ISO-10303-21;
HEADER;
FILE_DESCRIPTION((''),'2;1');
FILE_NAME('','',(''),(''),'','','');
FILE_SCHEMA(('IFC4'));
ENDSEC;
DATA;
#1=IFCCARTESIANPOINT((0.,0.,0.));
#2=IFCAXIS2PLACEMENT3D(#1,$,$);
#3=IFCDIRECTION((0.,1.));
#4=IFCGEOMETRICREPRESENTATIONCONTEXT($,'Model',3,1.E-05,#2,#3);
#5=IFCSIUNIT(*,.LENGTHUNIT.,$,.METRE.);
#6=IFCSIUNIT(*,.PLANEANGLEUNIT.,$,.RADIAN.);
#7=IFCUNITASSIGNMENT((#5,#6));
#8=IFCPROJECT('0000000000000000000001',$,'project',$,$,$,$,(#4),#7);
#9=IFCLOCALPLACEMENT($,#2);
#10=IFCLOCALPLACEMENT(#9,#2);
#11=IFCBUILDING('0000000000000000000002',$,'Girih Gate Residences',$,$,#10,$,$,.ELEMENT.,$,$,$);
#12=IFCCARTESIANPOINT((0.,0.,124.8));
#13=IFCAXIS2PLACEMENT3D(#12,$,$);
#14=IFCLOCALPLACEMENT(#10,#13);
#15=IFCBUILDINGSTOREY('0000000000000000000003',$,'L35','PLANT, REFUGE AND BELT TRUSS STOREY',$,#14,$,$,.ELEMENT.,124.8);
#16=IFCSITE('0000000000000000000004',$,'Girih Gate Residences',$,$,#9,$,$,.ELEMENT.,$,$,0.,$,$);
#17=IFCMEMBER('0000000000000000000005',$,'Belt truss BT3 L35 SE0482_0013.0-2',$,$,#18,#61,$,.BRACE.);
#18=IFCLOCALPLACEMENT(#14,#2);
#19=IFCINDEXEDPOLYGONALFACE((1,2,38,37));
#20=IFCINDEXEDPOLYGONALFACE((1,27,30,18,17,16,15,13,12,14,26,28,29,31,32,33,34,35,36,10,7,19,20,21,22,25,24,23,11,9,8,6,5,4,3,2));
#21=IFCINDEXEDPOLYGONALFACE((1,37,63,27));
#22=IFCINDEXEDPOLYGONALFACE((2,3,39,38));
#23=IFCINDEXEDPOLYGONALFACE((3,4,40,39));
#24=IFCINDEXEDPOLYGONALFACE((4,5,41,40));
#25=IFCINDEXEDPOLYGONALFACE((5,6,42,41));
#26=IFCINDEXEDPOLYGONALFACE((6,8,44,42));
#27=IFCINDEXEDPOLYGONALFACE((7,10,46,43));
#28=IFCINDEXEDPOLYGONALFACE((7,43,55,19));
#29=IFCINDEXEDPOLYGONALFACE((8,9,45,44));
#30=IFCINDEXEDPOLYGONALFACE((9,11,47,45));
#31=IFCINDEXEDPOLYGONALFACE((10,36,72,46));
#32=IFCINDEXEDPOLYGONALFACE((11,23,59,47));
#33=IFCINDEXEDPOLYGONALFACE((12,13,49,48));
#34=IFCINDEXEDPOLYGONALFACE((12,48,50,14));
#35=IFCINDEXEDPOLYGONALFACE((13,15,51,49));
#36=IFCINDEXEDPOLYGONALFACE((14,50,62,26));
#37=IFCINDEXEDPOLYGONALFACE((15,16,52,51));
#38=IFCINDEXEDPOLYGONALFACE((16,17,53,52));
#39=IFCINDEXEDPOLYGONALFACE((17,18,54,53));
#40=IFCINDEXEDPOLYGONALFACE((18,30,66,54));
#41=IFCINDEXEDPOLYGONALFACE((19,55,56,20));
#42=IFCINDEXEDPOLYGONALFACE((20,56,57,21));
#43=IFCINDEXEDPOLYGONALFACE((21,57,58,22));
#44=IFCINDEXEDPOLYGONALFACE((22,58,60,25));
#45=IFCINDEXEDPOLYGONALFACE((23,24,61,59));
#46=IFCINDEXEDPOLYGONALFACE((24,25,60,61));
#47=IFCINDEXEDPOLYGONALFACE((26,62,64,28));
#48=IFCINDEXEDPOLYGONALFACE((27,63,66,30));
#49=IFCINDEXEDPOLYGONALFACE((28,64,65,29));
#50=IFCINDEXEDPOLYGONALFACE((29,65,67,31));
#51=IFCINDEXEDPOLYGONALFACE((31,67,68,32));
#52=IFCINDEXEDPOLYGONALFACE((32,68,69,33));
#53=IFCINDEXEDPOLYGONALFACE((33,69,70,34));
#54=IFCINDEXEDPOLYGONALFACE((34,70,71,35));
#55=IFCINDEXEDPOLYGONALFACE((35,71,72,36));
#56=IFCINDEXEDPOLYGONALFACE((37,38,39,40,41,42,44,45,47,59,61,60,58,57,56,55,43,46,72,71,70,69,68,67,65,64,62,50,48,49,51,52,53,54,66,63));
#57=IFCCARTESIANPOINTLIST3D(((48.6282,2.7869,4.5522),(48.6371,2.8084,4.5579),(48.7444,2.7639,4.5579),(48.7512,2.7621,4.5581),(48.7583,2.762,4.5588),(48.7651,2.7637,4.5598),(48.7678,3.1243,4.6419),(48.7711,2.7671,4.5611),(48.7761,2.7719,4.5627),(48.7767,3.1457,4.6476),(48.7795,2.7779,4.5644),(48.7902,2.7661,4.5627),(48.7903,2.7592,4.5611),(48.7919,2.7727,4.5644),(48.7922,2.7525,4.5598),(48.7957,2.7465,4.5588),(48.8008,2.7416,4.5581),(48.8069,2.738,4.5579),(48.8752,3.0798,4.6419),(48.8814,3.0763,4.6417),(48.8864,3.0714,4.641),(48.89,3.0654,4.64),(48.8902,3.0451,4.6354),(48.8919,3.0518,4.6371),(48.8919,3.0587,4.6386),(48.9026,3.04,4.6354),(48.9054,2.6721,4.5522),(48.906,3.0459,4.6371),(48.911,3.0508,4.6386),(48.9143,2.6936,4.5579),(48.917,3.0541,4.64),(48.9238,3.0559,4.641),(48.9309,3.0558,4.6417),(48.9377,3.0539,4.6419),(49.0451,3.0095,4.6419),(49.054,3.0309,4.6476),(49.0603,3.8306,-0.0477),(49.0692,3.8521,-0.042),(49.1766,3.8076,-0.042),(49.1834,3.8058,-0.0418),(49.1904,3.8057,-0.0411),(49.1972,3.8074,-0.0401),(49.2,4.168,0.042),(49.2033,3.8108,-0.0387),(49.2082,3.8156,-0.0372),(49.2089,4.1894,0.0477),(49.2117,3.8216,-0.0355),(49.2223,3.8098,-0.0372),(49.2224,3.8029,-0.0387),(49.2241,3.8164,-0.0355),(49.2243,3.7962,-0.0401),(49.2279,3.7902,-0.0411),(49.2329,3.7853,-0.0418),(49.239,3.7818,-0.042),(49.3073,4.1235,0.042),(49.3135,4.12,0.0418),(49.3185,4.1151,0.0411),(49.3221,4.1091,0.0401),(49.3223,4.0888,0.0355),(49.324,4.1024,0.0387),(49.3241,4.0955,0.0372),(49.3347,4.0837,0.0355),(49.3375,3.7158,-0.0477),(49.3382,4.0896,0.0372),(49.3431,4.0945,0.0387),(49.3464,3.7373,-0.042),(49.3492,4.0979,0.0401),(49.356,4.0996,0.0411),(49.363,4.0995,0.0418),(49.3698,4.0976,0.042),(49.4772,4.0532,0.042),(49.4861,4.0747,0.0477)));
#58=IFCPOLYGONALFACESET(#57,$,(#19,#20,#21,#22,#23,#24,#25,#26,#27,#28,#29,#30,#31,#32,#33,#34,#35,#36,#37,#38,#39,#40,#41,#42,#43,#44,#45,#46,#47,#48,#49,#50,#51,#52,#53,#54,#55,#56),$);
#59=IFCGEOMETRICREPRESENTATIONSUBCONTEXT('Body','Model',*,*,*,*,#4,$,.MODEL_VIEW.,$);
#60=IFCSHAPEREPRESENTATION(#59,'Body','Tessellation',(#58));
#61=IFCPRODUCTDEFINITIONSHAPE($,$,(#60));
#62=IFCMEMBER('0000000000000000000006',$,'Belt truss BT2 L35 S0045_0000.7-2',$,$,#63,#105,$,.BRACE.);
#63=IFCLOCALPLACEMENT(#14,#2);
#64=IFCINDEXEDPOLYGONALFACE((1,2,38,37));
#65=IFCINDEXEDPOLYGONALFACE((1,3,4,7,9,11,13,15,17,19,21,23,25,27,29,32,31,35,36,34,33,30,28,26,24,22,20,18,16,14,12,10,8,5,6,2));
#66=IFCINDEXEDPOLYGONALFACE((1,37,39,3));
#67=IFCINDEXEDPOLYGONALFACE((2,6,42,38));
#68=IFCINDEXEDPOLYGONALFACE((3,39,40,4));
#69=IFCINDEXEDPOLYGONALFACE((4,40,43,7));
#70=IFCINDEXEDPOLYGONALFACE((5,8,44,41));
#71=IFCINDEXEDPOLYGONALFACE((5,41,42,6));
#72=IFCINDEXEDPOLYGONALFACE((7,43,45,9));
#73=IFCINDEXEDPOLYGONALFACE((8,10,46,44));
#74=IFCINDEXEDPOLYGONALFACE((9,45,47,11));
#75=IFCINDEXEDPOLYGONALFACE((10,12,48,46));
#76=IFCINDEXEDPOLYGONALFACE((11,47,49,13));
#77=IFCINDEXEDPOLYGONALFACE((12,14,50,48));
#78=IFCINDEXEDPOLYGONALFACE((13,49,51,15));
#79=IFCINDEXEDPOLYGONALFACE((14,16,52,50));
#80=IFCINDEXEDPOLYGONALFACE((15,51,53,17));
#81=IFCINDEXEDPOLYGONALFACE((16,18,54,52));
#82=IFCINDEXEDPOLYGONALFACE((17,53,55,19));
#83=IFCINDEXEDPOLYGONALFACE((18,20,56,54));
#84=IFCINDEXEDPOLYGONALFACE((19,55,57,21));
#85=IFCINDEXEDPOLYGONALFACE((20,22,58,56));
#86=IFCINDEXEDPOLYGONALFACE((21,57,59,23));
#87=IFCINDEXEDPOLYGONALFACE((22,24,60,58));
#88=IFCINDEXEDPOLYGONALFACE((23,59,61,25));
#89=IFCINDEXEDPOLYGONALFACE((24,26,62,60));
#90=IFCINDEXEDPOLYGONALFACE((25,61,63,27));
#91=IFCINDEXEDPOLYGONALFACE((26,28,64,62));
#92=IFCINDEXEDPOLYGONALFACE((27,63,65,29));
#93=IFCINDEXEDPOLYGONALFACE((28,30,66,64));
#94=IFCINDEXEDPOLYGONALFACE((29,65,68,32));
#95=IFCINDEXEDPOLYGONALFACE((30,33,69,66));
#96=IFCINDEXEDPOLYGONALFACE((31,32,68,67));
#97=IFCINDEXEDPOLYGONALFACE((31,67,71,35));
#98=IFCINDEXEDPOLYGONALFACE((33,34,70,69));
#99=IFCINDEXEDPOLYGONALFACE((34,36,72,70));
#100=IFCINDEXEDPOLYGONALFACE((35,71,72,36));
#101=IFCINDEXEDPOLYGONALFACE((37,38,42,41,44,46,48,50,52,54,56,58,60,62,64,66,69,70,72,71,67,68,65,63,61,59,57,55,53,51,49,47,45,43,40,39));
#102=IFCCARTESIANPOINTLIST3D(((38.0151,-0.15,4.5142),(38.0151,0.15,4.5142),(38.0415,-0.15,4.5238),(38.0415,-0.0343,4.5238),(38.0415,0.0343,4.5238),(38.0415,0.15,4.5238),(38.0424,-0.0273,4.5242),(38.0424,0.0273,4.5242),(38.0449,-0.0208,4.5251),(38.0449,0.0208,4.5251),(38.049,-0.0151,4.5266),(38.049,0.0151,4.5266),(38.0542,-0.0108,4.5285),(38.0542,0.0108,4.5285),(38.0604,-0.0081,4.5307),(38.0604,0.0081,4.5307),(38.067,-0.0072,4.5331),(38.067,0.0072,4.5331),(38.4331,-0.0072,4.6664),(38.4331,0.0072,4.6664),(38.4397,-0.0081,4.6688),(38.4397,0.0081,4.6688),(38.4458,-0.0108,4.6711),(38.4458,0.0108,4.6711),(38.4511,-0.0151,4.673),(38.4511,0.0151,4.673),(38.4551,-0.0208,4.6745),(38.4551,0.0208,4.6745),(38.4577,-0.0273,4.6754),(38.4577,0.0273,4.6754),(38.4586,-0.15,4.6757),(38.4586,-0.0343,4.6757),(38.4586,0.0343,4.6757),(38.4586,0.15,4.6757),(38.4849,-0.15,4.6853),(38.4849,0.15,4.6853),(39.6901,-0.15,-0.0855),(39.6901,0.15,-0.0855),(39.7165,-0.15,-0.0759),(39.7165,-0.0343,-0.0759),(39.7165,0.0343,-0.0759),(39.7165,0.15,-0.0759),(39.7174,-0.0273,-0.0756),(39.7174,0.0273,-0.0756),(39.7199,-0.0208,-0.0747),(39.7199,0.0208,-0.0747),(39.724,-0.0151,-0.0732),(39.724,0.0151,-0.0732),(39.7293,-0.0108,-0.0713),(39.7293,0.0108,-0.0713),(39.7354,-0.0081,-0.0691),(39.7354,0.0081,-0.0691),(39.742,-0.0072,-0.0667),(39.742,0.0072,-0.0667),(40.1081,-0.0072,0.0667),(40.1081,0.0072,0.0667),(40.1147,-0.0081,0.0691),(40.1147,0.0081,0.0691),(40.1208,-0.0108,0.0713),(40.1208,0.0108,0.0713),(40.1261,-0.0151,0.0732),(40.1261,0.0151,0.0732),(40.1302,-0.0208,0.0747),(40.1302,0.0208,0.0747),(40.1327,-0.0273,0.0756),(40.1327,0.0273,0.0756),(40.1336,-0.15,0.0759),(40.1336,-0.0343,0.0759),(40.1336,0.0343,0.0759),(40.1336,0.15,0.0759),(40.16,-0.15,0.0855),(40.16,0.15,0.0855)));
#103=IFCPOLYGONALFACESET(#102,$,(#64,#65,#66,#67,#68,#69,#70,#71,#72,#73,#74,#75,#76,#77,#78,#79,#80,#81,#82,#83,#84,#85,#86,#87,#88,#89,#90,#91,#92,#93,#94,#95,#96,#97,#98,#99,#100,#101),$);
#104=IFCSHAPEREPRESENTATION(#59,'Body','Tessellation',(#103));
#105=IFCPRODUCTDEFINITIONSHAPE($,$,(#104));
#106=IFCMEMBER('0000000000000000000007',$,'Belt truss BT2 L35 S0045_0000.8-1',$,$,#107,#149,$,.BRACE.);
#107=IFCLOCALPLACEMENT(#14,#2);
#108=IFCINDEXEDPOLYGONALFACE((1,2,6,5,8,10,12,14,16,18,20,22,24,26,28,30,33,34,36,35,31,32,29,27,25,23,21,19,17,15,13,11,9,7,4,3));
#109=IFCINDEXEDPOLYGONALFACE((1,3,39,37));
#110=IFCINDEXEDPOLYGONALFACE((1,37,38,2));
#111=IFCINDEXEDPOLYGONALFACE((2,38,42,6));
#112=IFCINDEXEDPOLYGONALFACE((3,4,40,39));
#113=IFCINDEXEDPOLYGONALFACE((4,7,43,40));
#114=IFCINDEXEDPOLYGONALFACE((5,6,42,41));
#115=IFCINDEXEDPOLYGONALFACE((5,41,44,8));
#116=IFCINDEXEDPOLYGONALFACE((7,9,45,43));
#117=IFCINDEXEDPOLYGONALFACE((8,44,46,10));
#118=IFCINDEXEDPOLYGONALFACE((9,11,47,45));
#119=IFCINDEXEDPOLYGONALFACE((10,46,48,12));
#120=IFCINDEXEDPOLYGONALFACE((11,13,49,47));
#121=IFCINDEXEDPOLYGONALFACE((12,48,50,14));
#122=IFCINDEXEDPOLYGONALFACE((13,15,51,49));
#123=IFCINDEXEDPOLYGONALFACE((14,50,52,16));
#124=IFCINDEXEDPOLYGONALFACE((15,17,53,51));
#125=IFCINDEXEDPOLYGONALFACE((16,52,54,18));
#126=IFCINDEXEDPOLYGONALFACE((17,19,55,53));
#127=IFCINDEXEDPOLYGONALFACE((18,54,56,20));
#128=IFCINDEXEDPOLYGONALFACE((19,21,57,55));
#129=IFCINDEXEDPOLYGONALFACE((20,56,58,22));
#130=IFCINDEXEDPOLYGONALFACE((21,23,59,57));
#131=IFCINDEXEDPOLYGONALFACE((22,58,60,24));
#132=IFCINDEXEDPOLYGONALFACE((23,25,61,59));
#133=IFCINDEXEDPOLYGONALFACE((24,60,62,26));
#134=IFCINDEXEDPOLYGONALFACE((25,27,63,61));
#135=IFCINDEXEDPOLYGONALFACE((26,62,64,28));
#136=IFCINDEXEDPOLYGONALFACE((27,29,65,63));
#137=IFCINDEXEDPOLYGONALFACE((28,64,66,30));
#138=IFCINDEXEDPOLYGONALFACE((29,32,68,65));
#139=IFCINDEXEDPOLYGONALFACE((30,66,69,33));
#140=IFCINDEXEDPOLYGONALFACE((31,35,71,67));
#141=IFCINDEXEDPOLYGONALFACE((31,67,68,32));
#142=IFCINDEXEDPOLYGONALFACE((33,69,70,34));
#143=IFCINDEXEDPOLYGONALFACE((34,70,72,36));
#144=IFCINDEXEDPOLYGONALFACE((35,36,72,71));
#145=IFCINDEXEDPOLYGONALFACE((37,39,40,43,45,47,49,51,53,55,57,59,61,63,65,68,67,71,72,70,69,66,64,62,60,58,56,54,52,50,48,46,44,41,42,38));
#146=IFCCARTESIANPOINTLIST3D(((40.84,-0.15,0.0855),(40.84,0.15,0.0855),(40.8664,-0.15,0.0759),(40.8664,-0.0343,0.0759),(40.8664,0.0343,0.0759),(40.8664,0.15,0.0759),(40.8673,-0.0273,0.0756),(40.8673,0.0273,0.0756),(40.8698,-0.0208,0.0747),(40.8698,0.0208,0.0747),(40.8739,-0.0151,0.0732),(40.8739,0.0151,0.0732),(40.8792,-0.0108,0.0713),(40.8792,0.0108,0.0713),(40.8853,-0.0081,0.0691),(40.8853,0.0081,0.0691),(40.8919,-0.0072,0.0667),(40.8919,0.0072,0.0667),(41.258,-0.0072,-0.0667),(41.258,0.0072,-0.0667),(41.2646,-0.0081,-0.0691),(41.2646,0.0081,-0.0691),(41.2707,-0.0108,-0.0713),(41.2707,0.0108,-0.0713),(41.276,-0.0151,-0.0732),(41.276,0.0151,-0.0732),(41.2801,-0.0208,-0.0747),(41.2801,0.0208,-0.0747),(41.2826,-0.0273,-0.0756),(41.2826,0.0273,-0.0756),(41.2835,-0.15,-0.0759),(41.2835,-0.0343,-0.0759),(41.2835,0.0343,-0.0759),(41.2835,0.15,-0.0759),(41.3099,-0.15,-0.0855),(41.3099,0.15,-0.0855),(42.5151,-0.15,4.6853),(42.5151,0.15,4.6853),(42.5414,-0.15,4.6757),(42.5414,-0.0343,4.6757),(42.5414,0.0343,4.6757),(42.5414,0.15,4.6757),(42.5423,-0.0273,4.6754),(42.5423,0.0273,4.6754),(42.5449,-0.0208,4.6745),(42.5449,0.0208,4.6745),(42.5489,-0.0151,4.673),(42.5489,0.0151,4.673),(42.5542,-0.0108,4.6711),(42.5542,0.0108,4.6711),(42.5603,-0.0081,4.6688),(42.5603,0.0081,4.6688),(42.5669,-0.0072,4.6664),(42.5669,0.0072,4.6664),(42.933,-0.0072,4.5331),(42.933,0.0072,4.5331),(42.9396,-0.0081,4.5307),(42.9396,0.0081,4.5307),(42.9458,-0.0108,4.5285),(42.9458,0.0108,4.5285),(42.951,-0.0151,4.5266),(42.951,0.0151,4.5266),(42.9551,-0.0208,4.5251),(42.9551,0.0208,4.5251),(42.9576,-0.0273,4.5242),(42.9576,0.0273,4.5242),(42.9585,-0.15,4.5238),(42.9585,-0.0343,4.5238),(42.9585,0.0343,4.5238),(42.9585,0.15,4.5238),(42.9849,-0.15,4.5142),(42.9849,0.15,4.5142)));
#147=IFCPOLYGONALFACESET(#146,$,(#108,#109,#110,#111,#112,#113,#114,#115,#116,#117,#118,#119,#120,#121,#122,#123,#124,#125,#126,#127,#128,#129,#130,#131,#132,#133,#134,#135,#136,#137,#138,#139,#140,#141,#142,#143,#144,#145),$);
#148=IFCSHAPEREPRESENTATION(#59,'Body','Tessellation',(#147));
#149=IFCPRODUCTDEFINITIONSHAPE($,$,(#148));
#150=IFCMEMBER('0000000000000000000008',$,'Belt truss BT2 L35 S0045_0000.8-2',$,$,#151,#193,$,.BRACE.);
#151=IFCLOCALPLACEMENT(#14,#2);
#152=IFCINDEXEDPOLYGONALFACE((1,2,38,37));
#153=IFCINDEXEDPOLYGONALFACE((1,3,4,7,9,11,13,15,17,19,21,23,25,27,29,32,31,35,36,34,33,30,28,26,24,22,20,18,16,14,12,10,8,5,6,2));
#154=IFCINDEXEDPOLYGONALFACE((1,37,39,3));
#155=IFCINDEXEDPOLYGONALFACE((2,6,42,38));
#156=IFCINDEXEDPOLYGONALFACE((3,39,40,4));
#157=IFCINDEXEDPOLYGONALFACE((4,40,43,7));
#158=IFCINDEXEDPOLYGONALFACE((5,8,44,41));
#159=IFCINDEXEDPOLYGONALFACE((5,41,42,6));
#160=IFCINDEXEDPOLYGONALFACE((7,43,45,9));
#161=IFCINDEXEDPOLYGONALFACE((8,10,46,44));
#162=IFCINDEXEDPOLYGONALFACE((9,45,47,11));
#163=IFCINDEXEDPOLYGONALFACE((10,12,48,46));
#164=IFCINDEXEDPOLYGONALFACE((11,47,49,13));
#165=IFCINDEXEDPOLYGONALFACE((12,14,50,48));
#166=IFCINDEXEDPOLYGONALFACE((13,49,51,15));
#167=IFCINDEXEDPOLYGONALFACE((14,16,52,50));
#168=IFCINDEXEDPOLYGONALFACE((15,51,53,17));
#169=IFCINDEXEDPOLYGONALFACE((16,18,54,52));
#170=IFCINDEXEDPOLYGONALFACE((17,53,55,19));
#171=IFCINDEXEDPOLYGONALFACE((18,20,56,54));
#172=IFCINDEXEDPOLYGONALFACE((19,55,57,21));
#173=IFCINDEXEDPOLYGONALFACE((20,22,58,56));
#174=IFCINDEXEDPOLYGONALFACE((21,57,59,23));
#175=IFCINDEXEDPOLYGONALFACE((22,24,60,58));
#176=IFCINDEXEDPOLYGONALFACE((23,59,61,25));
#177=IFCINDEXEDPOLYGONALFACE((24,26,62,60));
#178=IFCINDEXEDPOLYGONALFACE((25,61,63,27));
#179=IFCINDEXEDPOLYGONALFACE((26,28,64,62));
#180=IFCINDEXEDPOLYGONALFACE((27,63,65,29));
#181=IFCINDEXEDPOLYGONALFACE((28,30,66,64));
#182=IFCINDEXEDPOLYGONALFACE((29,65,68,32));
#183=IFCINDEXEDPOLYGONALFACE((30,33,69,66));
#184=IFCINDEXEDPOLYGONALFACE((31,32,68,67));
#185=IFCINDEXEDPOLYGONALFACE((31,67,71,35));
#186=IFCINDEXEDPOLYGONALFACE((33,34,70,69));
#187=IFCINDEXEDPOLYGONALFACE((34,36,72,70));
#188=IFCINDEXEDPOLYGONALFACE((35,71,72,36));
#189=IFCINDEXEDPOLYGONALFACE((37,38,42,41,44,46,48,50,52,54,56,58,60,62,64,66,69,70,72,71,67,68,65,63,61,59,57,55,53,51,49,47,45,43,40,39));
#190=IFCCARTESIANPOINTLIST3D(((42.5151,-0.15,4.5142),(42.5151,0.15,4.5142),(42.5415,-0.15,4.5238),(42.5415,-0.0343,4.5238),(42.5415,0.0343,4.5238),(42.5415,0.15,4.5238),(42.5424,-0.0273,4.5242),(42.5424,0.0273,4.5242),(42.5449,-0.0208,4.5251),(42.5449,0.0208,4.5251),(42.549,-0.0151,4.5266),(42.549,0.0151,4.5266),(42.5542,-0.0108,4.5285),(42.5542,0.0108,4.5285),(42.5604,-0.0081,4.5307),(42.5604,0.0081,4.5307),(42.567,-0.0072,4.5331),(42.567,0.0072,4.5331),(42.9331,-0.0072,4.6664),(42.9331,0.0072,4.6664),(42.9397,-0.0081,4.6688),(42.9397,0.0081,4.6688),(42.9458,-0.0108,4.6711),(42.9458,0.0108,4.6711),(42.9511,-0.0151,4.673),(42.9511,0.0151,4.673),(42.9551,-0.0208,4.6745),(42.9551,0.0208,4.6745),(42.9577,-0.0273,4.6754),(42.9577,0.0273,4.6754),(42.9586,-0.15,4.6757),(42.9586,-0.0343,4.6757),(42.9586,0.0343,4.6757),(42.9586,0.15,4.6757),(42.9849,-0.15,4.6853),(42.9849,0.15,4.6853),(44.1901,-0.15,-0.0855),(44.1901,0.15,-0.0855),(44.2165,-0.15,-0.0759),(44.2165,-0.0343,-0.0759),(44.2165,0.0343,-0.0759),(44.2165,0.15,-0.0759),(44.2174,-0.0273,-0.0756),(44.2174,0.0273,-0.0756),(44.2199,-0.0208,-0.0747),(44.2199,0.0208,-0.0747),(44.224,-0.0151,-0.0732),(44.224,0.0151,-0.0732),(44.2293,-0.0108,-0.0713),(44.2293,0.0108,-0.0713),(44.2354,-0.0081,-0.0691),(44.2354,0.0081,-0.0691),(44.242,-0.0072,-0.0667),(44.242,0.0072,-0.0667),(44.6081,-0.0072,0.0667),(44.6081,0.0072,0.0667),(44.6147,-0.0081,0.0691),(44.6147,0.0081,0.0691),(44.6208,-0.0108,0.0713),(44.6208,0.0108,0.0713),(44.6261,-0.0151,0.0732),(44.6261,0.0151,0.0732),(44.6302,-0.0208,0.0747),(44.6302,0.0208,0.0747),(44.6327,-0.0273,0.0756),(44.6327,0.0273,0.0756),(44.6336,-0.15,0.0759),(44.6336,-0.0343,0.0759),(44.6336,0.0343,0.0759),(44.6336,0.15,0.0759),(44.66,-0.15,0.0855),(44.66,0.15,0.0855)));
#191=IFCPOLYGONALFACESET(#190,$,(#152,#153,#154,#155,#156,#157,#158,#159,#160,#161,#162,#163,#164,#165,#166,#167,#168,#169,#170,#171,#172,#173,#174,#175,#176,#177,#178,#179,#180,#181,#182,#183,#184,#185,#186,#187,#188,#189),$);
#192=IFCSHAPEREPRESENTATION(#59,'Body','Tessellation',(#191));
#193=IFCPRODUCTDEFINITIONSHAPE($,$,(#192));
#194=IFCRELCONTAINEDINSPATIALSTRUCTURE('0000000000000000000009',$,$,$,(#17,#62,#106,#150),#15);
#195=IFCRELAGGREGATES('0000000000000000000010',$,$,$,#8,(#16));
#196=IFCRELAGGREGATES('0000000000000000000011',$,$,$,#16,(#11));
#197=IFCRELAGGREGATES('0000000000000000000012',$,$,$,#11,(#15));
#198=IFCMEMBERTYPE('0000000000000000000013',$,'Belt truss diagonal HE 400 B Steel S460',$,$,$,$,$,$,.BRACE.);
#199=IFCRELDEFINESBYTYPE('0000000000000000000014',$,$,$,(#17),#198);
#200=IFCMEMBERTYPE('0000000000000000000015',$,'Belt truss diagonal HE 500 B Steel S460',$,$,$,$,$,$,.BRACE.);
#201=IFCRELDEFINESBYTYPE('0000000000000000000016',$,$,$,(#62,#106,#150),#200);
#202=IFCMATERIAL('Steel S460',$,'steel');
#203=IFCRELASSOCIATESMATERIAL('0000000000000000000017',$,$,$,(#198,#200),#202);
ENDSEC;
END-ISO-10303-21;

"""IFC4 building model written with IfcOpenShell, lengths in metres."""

from ifc_helpers import new_model, si_unit, direction, frame, origin, origin_2d, place, context, subcontext, project, spatial, i_section, extrude, material, material_profile, profile_set, type_object, element, save


model = new_model("IFC4")

# Units and contexts
model_context = context("Model", 3, precision=1e-05, world=origin(), true_north=direction((0.0, 1.0)))
body_context = subcontext(model_context, "Body", "Model", "MODEL_VIEW")
ifc_project = project(units=[si_unit("LENGTHUNIT", "METRE"), si_unit("PLANEANGLEUNIT", "RADIAN")], contexts=[model_context])

# Site, building, storey
site_placement = place(None, origin())
site = spatial("IfcSite", under=ifc_project, at=site_placement, Name="Girih Gate Residences", CompositionType="ELEMENT", RefElevation=0.0)
building_placement = place(site_placement, origin())
building = spatial("IfcBuilding", under=site, at=building_placement, Name="Girih Gate Residences", CompositionType="ELEMENT")
storey_placement = place(building_placement, frame((0.0, 0.0, 124.8)))
storey = spatial("IfcBuildingStorey", under=building, at=storey_placement, Name="L35", Description="PLANT, REFUGE AND BELT TRUSS STOREY", CompositionType="ELEMENT", Elevation=124.8)

# Members
ifc_material_1 = material(Name="Steel S460", Category="steel")
ifc_material_profile_1 = material_profile(ifc_material_1, i_section(OverallWidth=0.3, OverallDepth=0.3999, WebThickness=0.0134, FlangeThickness=0.0239, FilletRadius=0.0271, at=origin_2d()))
ifc_profile_set_1 = profile_set([ifc_material_profile_1], Name="Steel S460")
member_type_1 = type_object("IfcMemberType", Name="Belt truss diagonal HE 400 B Steel S460", PredefinedType="BRACE", material=ifc_profile_set_1)
for number, where, z_axis, x_axis, name in (
    (1, (49.2732, 3.9526, 0.0), (-0.091233, -0.220352, 0.971145), (0.923938, -0.382543, 0.0), "Belt truss BT3 L35 SE0482_0013.0-2"),
):
    element("IfcMember", number, at=place(storey_placement, frame(where, z_axis=z_axis, x_axis=x_axis)), inside=storey, type_object=member_type_1, Name=name, PredefinedType="BRACE", context=body_context, shape_type="SweptSolid", body=[
        extrude(i_section(OverallWidth=0.3, OverallDepth=0.3999, WebThickness=0.0134, FlangeThickness=0.0239, FilletRadius=0.0271, at=origin_2d()), origin(), (0.0, 0.0, 1.0), 4.7366),
    ])
ifc_material_profile_2 = material_profile(ifc_material_1, i_section(OverallWidth=0.3, OverallDepth=0.5, WebThickness=0.0144, FlangeThickness=0.0281, FilletRadius=0.0271, at=origin_2d()))
ifc_profile_set_2 = profile_set([ifc_material_profile_2], Name="Steel S460")
member_type_2 = type_object("IfcMemberType", Name="Belt truss diagonal HE 500 B Steel S460", PredefinedType="BRACE", material=ifc_profile_set_2)
for number, where, z_axis, x_axis, name in (
    (2, (39.925, 0.0, 0.0), (-0.342171, 0.0, 0.939638), (0.0, -1.0, 0.0), "Belt truss BT2 L35 S0045_0000.7-2"),
    (3, (41.075, 0.0, 0.0), (0.342171, 0.0, 0.939638), (0.0, 1.0, 0.0), "Belt truss BT2 L35 S0045_0000.8-1"),
    (4, (44.425, 0.0, 0.0), (-0.342171, 0.0, 0.939638), (0.0, -1.0, 0.0), "Belt truss BT2 L35 S0045_0000.8-2"),
):
    element("IfcMember", number, at=place(storey_placement, frame(where, z_axis=z_axis, x_axis=x_axis)), inside=storey, type_object=member_type_2, Name=name, PredefinedType="BRACE", context=body_context, shape_type="SweptSolid", body=[
        extrude(i_section(OverallWidth=0.3, OverallDepth=0.5, WebThickness=0.0144, FlangeThickness=0.0281, FilletRadius=0.0271, at=origin_2d()), origin(), (0.0, 0.0, 1.0), 4.8953),
    ])

save(model, "model.ifc")
